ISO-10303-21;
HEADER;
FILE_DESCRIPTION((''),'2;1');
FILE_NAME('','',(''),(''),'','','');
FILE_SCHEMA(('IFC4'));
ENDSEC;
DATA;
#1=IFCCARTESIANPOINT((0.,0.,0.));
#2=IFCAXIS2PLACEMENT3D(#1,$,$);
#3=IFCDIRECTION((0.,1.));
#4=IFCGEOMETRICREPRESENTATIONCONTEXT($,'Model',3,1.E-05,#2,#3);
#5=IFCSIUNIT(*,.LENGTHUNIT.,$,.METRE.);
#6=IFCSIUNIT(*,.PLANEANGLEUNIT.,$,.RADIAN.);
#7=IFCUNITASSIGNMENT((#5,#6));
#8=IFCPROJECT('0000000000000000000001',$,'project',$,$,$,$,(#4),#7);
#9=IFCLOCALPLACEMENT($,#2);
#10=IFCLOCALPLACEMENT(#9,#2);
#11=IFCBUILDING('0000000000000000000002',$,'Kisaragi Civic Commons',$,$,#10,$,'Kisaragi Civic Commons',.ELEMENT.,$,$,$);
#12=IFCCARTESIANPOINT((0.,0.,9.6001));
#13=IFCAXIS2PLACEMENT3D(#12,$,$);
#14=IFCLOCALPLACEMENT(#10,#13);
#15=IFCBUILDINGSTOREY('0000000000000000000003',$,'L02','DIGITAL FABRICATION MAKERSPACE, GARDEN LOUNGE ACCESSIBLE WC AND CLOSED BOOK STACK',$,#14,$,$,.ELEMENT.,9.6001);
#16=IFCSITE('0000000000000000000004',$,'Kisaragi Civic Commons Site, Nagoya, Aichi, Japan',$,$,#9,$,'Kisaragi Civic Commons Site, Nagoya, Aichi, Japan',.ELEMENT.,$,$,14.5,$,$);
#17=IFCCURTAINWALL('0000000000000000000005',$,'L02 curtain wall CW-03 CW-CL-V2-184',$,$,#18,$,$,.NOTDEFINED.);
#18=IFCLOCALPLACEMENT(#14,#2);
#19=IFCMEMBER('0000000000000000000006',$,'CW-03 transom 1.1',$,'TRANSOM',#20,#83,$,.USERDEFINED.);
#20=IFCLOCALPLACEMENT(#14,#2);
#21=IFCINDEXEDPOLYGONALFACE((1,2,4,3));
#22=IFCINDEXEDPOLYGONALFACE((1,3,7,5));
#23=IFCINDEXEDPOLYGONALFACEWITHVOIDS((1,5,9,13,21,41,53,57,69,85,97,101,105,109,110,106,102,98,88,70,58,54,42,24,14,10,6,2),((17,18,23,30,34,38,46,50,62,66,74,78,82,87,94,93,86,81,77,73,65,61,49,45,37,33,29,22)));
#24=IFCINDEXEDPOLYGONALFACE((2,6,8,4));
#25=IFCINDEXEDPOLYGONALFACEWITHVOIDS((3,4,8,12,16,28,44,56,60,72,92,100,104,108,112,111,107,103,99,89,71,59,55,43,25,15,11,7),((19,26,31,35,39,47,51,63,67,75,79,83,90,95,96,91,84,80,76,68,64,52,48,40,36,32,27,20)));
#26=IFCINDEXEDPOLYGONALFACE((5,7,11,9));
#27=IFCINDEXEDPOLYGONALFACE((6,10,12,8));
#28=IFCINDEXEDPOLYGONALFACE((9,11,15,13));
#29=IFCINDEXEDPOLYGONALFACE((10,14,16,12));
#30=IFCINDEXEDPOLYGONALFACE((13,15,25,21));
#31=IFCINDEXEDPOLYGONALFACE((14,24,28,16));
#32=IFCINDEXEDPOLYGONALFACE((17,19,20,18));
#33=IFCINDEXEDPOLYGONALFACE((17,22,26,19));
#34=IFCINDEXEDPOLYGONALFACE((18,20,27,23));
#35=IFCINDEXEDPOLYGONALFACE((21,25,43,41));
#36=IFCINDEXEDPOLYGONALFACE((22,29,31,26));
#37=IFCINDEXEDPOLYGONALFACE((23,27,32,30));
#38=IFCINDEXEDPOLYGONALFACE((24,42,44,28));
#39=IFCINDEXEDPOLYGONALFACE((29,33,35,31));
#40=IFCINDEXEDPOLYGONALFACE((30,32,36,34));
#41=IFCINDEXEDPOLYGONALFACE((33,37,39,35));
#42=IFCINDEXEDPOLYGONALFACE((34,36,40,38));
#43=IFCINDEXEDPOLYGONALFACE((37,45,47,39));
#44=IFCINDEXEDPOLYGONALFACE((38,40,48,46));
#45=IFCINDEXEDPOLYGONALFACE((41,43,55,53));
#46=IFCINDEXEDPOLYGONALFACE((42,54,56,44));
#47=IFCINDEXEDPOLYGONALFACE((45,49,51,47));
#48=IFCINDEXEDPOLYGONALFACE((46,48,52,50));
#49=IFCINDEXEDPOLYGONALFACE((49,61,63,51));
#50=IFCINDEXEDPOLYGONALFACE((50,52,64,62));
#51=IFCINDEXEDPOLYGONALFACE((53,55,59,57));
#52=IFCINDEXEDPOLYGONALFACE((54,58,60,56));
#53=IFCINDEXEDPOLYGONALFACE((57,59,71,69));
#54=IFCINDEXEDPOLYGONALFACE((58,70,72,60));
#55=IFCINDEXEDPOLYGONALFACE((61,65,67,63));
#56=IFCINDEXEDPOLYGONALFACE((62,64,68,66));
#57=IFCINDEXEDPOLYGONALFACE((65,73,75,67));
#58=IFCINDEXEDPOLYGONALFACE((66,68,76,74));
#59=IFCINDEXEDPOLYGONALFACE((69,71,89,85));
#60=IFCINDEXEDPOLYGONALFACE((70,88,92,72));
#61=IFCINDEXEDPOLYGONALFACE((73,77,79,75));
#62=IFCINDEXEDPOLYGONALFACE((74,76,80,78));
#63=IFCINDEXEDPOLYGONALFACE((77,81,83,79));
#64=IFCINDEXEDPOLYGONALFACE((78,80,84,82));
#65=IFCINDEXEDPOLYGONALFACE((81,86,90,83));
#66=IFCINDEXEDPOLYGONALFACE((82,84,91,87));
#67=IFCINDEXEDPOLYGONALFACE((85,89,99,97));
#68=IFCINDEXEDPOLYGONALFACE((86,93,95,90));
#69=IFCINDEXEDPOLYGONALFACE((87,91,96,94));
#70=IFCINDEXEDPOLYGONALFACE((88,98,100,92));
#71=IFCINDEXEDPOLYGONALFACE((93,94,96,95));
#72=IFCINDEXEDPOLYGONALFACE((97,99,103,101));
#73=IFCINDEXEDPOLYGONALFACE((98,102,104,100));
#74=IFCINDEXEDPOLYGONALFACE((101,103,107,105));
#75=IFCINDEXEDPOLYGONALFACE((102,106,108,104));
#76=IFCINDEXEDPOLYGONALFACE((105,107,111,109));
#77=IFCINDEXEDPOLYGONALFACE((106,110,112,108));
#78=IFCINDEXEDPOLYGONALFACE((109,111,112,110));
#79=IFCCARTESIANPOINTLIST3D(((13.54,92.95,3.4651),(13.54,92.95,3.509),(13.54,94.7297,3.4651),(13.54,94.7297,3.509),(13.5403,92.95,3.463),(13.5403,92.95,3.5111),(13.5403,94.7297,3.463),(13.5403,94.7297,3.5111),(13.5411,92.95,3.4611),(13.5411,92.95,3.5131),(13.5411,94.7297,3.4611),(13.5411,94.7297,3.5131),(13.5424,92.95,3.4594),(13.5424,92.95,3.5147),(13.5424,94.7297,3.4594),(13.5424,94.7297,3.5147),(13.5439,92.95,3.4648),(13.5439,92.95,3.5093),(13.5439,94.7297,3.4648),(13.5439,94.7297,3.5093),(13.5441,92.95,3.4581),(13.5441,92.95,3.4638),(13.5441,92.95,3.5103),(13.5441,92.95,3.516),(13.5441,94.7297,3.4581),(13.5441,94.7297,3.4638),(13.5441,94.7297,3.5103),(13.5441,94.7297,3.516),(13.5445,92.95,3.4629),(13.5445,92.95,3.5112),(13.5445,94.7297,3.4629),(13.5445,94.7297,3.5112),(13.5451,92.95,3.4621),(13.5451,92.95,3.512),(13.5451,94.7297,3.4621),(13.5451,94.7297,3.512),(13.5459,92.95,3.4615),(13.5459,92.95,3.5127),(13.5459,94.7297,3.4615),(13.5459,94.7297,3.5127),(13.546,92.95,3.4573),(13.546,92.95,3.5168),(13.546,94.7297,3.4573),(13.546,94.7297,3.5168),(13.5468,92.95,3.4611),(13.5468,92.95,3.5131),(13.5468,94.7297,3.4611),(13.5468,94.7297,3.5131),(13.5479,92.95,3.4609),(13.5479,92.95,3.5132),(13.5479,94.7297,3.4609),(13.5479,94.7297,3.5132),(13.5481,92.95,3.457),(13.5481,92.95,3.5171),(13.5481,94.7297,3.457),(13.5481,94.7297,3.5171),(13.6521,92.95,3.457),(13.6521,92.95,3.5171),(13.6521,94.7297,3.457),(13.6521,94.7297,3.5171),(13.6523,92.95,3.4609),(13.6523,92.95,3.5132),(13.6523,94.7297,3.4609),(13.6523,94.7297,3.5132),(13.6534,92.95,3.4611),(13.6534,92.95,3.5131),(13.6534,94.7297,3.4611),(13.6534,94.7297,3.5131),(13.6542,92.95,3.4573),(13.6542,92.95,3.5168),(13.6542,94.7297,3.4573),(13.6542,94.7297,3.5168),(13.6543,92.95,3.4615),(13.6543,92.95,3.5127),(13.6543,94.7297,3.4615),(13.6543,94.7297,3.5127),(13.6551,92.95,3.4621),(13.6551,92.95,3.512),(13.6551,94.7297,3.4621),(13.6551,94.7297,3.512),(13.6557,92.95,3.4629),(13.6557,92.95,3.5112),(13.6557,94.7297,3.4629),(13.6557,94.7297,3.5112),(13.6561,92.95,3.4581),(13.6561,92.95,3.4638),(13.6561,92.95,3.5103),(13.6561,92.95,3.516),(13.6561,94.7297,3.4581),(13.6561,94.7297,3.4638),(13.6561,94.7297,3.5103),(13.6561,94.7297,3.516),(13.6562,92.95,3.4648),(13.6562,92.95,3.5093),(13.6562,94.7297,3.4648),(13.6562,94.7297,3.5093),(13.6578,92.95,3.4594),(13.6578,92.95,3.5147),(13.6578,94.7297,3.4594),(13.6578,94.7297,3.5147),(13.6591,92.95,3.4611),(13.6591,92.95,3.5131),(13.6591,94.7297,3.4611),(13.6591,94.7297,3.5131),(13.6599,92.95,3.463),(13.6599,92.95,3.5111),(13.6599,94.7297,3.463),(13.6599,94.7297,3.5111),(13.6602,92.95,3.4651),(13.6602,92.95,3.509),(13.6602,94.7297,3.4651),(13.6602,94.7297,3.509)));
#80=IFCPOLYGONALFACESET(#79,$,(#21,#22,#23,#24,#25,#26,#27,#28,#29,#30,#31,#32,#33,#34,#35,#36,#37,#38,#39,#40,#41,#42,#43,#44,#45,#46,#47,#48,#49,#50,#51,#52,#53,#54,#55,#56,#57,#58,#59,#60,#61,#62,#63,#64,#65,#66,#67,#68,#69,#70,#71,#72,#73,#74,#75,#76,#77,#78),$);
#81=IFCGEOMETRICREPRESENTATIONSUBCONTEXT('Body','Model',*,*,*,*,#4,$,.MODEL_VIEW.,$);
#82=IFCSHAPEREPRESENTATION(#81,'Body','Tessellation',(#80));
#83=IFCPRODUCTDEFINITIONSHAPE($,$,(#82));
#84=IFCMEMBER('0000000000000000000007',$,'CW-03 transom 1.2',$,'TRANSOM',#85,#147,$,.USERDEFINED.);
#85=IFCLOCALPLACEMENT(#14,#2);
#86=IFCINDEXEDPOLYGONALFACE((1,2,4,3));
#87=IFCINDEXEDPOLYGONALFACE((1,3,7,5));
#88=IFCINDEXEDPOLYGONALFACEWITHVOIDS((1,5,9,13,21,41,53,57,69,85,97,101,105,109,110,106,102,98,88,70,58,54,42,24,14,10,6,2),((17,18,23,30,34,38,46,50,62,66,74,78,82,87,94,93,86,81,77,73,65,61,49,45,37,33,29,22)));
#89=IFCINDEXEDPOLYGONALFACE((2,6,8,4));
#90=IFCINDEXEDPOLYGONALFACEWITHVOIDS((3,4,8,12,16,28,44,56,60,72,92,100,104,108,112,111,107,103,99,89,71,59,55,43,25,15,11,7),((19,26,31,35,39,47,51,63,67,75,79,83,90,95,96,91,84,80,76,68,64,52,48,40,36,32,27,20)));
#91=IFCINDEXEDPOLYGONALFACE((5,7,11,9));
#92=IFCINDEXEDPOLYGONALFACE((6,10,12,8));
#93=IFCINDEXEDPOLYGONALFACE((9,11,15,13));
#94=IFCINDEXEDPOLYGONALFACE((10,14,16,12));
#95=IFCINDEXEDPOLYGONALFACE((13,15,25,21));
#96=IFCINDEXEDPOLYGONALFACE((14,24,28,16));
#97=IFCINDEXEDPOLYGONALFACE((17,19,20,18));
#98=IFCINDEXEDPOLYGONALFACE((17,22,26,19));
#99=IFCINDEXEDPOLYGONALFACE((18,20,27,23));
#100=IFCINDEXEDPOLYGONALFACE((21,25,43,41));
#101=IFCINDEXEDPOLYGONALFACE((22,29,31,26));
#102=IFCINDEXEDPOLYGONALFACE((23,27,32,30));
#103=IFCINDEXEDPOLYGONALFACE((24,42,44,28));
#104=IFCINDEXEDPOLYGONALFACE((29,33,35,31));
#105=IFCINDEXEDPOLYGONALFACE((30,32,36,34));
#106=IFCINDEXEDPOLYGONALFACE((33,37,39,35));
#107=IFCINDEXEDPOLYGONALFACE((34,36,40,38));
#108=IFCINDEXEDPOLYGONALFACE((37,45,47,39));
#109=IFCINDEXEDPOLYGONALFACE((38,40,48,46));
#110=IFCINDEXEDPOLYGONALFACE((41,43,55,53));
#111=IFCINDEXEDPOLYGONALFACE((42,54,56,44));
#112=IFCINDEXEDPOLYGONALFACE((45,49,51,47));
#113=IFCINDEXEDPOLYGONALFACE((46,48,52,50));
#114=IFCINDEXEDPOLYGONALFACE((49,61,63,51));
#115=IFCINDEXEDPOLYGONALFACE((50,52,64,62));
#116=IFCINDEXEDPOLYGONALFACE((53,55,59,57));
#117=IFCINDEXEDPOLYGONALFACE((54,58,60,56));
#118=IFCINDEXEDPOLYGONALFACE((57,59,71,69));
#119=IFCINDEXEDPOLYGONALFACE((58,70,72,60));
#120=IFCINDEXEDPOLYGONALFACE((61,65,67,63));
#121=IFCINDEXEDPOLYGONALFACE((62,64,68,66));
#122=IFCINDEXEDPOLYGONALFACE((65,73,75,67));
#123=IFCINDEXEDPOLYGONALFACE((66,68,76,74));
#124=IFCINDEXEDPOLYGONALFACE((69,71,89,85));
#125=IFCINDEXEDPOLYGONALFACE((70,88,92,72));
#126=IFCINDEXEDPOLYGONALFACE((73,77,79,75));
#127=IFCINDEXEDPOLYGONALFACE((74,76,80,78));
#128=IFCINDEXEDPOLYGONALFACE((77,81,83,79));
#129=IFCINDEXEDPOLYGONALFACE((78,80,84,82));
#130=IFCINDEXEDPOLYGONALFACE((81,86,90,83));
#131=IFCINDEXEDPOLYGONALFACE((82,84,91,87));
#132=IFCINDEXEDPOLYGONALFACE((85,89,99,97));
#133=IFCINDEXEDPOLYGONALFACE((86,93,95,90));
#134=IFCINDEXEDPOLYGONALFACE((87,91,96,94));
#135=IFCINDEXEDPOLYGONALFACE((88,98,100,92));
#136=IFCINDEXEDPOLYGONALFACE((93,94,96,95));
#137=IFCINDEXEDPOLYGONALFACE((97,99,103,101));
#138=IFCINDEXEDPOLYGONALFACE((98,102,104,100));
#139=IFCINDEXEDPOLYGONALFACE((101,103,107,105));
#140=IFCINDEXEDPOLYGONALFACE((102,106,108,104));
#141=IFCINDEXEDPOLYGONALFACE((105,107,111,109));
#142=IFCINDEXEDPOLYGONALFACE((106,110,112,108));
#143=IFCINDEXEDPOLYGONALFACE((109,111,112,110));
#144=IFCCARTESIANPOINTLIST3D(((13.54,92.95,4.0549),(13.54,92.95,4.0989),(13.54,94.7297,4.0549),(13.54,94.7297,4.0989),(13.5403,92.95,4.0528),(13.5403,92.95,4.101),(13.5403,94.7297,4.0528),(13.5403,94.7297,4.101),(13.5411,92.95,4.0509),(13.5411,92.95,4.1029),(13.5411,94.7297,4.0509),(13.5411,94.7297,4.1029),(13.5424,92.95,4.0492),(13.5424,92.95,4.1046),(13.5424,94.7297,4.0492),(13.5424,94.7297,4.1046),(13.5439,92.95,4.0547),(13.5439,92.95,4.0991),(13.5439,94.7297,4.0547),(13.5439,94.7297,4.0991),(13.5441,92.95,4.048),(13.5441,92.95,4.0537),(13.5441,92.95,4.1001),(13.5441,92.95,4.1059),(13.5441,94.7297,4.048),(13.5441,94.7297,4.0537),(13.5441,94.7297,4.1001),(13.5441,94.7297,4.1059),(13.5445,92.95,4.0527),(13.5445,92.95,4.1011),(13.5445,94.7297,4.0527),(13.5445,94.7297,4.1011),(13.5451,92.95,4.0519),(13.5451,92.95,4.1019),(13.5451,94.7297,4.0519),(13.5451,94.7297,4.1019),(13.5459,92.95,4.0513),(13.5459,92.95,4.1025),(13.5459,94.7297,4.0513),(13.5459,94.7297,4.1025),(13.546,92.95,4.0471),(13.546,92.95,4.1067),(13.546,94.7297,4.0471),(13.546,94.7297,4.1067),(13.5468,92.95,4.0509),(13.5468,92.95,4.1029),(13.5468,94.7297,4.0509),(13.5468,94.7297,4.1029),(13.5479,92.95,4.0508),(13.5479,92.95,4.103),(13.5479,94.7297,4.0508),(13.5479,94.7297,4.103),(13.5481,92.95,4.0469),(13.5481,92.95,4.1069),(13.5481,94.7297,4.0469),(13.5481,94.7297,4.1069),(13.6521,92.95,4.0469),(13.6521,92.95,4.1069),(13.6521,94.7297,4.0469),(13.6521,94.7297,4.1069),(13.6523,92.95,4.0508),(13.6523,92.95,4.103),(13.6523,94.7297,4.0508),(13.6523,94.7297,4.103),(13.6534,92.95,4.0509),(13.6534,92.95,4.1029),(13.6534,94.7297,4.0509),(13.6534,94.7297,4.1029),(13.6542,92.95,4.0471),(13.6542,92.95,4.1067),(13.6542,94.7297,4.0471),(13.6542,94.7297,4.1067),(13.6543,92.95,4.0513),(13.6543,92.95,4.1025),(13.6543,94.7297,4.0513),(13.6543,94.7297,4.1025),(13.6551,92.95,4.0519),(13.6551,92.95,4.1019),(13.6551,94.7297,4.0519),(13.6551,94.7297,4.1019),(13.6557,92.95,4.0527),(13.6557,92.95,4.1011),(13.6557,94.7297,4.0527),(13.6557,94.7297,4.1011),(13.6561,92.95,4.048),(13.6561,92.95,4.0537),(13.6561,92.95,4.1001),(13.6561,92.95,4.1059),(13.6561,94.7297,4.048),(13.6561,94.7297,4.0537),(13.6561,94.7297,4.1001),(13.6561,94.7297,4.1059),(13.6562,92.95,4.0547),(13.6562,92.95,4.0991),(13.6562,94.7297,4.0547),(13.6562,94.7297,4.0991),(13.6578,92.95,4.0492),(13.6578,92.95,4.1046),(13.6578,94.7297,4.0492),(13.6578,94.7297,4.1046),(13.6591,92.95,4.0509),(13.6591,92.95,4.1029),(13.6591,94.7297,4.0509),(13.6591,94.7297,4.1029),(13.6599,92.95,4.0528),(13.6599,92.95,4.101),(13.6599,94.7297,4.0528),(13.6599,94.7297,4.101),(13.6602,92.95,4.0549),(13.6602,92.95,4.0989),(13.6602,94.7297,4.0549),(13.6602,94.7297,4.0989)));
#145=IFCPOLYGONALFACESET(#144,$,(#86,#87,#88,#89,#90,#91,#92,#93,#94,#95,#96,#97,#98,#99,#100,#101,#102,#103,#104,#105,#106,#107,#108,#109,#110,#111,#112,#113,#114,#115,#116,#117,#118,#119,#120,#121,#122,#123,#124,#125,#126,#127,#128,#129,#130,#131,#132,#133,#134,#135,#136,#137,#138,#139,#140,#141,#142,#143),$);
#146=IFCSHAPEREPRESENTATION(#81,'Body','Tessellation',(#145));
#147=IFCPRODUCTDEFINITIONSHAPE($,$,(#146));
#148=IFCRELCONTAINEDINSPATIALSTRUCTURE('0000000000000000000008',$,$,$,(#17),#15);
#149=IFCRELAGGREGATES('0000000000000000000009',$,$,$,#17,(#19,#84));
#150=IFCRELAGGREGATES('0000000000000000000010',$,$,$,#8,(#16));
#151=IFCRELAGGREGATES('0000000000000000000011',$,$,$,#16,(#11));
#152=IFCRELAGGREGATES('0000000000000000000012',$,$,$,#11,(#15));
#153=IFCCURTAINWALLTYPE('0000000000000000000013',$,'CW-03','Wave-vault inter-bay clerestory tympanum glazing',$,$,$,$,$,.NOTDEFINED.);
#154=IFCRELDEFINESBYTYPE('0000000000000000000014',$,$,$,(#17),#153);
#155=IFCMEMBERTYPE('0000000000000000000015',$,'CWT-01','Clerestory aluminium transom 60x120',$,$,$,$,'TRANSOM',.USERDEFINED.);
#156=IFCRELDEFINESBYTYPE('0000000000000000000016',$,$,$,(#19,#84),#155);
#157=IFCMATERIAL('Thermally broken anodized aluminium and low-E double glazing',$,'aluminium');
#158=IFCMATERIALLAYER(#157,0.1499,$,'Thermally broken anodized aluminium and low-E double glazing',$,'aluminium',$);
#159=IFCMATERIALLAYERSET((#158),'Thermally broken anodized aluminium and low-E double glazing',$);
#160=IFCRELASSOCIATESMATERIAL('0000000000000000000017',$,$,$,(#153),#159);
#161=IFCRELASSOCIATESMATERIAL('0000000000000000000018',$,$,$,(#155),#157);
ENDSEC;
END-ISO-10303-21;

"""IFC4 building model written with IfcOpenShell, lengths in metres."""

from ifc_helpers import new_model, si_unit, direction, frame, origin, origin_2d, place, context, subcontext, project, spatial, hollow_rectangle, extrude, material, layer, layer_set, material_profile, profile_set, type_object, element, aggregate, save


model = new_model("IFC4")

# Units and contexts
model_context = context("Model", 3, precision=1e-05, world=origin(), true_north=direction((0.0, 1.0)))
body_context = subcontext(model_context, "Body", "Model", "MODEL_VIEW")
ifc_project = project(units=[si_unit("LENGTHUNIT", "METRE"), si_unit("PLANEANGLEUNIT", "RADIAN")], contexts=[model_context])

# Site, building, storey
site_placement = place(None, origin())
site = spatial("IfcSite", under=ifc_project, at=site_placement, Name="Kisaragi Civic Commons Site, Nagoya, Aichi, Japan", LongName="Kisaragi Civic Commons Site, Nagoya, Aichi, Japan", CompositionType="ELEMENT", RefElevation=14.5)
building_placement = place(site_placement, origin())
building = spatial("IfcBuilding", under=site, at=building_placement, Name="Kisaragi Civic Commons", LongName="Kisaragi Civic Commons", CompositionType="ELEMENT")
storey_placement = place(building_placement, frame((0.0, 0.0, 9.6001)))
storey = spatial("IfcBuildingStorey", under=building, at=storey_placement, Name="L02", Description="DIGITAL FABRICATION MAKERSPACE, GARDEN LOUNGE ACCESSIBLE WC AND CLOSED BOOK STACK", CompositionType="ELEMENT", Elevation=9.6001)

# Curtain wall
ifc_material_1 = material(Name="Thermally broken anodized aluminium and low-E double glazing", Category="aluminium")
ifc_layer_1 = layer(ifc_material_1, 0.1499, Name="Thermally broken anodized aluminium and low-E double glazing", Category="aluminium")
ifc_layer_set_1 = layer_set([ifc_layer_1], Name="Thermally broken anodized aluminium and low-E double glazing")
curtain_wall_type = type_object("IfcCurtainWallType", Name="CW-03", Description="Wave-vault inter-bay clerestory tympanum glazing", PredefinedType="NOTDEFINED", material=ifc_layer_set_1)
curtain_wall_1_placement = place(storey_placement, origin())
curtain_wall_1 = element("IfcCurtainWall", 1, at=curtain_wall_1_placement, inside=storey, type_object=curtain_wall_type, Name="L02 curtain wall CW-03 CW-CL-V2-184", PredefinedType="NOTDEFINED")

# Members
ifc_material_profile_1 = material_profile(ifc_material_1, hollow_rectangle(XDim=0.1201, YDim=0.0601, WallThickness=0.0039, InnerFilletRadius=0.0039, OuterFilletRadius=0.0081, at=origin_2d()), Name="CWT-60x120x4", Category="aluminium")
ifc_profile_set_1 = profile_set([ifc_material_profile_1], Name="Thermally broken anodized aluminium and low-E double glazing")
member_type_1 = type_object("IfcMemberType", Name="CWT-01", Description="Clerestory aluminium transom 60x120", ElementType="TRANSOM", PredefinedType="USERDEFINED", material=ifc_profile_set_1)
member_1_placement = place(storey_placement, frame((13.6001, 92.95, 3.4871), z_axis=(0.0, 1.0, 0.0), x_axis=(-1.0, 0.0, 0.0)))
member_1 = element("IfcMember", 2, at=member_1_placement, type_object=member_type_1, Name="CW-03 transom 1.1", ObjectType="TRANSOM", PredefinedType="USERDEFINED", context=body_context, shape_type="SweptSolid", body=[
    extrude(hollow_rectangle(XDim=0.1201, YDim=0.0601, WallThickness=0.0039, InnerFilletRadius=0.0039, OuterFilletRadius=0.0081, at=origin_2d()), origin(), (0.0, 0.0, 1.0), 1.7798),
])
member_2_placement = place(storey_placement, frame((13.6001, 92.95, 4.0769), z_axis=(0.0, 1.0, 0.0), x_axis=(-1.0, 0.0, 0.0)))
member_2 = element("IfcMember", 3, at=member_2_placement, type_object=member_type_1, Name="CW-03 transom 1.2", ObjectType="TRANSOM", PredefinedType="USERDEFINED", context=body_context, shape_type="SweptSolid", body=[
    extrude(hollow_rectangle(XDim=0.1201, YDim=0.0601, WallThickness=0.0039, InnerFilletRadius=0.0039, OuterFilletRadius=0.0081, at=origin_2d()), origin(), (0.0, 0.0, 1.0), 1.7798),
])

aggregate(curtain_wall_1, [member_1, member_2])

save(model, "model.ifc")
